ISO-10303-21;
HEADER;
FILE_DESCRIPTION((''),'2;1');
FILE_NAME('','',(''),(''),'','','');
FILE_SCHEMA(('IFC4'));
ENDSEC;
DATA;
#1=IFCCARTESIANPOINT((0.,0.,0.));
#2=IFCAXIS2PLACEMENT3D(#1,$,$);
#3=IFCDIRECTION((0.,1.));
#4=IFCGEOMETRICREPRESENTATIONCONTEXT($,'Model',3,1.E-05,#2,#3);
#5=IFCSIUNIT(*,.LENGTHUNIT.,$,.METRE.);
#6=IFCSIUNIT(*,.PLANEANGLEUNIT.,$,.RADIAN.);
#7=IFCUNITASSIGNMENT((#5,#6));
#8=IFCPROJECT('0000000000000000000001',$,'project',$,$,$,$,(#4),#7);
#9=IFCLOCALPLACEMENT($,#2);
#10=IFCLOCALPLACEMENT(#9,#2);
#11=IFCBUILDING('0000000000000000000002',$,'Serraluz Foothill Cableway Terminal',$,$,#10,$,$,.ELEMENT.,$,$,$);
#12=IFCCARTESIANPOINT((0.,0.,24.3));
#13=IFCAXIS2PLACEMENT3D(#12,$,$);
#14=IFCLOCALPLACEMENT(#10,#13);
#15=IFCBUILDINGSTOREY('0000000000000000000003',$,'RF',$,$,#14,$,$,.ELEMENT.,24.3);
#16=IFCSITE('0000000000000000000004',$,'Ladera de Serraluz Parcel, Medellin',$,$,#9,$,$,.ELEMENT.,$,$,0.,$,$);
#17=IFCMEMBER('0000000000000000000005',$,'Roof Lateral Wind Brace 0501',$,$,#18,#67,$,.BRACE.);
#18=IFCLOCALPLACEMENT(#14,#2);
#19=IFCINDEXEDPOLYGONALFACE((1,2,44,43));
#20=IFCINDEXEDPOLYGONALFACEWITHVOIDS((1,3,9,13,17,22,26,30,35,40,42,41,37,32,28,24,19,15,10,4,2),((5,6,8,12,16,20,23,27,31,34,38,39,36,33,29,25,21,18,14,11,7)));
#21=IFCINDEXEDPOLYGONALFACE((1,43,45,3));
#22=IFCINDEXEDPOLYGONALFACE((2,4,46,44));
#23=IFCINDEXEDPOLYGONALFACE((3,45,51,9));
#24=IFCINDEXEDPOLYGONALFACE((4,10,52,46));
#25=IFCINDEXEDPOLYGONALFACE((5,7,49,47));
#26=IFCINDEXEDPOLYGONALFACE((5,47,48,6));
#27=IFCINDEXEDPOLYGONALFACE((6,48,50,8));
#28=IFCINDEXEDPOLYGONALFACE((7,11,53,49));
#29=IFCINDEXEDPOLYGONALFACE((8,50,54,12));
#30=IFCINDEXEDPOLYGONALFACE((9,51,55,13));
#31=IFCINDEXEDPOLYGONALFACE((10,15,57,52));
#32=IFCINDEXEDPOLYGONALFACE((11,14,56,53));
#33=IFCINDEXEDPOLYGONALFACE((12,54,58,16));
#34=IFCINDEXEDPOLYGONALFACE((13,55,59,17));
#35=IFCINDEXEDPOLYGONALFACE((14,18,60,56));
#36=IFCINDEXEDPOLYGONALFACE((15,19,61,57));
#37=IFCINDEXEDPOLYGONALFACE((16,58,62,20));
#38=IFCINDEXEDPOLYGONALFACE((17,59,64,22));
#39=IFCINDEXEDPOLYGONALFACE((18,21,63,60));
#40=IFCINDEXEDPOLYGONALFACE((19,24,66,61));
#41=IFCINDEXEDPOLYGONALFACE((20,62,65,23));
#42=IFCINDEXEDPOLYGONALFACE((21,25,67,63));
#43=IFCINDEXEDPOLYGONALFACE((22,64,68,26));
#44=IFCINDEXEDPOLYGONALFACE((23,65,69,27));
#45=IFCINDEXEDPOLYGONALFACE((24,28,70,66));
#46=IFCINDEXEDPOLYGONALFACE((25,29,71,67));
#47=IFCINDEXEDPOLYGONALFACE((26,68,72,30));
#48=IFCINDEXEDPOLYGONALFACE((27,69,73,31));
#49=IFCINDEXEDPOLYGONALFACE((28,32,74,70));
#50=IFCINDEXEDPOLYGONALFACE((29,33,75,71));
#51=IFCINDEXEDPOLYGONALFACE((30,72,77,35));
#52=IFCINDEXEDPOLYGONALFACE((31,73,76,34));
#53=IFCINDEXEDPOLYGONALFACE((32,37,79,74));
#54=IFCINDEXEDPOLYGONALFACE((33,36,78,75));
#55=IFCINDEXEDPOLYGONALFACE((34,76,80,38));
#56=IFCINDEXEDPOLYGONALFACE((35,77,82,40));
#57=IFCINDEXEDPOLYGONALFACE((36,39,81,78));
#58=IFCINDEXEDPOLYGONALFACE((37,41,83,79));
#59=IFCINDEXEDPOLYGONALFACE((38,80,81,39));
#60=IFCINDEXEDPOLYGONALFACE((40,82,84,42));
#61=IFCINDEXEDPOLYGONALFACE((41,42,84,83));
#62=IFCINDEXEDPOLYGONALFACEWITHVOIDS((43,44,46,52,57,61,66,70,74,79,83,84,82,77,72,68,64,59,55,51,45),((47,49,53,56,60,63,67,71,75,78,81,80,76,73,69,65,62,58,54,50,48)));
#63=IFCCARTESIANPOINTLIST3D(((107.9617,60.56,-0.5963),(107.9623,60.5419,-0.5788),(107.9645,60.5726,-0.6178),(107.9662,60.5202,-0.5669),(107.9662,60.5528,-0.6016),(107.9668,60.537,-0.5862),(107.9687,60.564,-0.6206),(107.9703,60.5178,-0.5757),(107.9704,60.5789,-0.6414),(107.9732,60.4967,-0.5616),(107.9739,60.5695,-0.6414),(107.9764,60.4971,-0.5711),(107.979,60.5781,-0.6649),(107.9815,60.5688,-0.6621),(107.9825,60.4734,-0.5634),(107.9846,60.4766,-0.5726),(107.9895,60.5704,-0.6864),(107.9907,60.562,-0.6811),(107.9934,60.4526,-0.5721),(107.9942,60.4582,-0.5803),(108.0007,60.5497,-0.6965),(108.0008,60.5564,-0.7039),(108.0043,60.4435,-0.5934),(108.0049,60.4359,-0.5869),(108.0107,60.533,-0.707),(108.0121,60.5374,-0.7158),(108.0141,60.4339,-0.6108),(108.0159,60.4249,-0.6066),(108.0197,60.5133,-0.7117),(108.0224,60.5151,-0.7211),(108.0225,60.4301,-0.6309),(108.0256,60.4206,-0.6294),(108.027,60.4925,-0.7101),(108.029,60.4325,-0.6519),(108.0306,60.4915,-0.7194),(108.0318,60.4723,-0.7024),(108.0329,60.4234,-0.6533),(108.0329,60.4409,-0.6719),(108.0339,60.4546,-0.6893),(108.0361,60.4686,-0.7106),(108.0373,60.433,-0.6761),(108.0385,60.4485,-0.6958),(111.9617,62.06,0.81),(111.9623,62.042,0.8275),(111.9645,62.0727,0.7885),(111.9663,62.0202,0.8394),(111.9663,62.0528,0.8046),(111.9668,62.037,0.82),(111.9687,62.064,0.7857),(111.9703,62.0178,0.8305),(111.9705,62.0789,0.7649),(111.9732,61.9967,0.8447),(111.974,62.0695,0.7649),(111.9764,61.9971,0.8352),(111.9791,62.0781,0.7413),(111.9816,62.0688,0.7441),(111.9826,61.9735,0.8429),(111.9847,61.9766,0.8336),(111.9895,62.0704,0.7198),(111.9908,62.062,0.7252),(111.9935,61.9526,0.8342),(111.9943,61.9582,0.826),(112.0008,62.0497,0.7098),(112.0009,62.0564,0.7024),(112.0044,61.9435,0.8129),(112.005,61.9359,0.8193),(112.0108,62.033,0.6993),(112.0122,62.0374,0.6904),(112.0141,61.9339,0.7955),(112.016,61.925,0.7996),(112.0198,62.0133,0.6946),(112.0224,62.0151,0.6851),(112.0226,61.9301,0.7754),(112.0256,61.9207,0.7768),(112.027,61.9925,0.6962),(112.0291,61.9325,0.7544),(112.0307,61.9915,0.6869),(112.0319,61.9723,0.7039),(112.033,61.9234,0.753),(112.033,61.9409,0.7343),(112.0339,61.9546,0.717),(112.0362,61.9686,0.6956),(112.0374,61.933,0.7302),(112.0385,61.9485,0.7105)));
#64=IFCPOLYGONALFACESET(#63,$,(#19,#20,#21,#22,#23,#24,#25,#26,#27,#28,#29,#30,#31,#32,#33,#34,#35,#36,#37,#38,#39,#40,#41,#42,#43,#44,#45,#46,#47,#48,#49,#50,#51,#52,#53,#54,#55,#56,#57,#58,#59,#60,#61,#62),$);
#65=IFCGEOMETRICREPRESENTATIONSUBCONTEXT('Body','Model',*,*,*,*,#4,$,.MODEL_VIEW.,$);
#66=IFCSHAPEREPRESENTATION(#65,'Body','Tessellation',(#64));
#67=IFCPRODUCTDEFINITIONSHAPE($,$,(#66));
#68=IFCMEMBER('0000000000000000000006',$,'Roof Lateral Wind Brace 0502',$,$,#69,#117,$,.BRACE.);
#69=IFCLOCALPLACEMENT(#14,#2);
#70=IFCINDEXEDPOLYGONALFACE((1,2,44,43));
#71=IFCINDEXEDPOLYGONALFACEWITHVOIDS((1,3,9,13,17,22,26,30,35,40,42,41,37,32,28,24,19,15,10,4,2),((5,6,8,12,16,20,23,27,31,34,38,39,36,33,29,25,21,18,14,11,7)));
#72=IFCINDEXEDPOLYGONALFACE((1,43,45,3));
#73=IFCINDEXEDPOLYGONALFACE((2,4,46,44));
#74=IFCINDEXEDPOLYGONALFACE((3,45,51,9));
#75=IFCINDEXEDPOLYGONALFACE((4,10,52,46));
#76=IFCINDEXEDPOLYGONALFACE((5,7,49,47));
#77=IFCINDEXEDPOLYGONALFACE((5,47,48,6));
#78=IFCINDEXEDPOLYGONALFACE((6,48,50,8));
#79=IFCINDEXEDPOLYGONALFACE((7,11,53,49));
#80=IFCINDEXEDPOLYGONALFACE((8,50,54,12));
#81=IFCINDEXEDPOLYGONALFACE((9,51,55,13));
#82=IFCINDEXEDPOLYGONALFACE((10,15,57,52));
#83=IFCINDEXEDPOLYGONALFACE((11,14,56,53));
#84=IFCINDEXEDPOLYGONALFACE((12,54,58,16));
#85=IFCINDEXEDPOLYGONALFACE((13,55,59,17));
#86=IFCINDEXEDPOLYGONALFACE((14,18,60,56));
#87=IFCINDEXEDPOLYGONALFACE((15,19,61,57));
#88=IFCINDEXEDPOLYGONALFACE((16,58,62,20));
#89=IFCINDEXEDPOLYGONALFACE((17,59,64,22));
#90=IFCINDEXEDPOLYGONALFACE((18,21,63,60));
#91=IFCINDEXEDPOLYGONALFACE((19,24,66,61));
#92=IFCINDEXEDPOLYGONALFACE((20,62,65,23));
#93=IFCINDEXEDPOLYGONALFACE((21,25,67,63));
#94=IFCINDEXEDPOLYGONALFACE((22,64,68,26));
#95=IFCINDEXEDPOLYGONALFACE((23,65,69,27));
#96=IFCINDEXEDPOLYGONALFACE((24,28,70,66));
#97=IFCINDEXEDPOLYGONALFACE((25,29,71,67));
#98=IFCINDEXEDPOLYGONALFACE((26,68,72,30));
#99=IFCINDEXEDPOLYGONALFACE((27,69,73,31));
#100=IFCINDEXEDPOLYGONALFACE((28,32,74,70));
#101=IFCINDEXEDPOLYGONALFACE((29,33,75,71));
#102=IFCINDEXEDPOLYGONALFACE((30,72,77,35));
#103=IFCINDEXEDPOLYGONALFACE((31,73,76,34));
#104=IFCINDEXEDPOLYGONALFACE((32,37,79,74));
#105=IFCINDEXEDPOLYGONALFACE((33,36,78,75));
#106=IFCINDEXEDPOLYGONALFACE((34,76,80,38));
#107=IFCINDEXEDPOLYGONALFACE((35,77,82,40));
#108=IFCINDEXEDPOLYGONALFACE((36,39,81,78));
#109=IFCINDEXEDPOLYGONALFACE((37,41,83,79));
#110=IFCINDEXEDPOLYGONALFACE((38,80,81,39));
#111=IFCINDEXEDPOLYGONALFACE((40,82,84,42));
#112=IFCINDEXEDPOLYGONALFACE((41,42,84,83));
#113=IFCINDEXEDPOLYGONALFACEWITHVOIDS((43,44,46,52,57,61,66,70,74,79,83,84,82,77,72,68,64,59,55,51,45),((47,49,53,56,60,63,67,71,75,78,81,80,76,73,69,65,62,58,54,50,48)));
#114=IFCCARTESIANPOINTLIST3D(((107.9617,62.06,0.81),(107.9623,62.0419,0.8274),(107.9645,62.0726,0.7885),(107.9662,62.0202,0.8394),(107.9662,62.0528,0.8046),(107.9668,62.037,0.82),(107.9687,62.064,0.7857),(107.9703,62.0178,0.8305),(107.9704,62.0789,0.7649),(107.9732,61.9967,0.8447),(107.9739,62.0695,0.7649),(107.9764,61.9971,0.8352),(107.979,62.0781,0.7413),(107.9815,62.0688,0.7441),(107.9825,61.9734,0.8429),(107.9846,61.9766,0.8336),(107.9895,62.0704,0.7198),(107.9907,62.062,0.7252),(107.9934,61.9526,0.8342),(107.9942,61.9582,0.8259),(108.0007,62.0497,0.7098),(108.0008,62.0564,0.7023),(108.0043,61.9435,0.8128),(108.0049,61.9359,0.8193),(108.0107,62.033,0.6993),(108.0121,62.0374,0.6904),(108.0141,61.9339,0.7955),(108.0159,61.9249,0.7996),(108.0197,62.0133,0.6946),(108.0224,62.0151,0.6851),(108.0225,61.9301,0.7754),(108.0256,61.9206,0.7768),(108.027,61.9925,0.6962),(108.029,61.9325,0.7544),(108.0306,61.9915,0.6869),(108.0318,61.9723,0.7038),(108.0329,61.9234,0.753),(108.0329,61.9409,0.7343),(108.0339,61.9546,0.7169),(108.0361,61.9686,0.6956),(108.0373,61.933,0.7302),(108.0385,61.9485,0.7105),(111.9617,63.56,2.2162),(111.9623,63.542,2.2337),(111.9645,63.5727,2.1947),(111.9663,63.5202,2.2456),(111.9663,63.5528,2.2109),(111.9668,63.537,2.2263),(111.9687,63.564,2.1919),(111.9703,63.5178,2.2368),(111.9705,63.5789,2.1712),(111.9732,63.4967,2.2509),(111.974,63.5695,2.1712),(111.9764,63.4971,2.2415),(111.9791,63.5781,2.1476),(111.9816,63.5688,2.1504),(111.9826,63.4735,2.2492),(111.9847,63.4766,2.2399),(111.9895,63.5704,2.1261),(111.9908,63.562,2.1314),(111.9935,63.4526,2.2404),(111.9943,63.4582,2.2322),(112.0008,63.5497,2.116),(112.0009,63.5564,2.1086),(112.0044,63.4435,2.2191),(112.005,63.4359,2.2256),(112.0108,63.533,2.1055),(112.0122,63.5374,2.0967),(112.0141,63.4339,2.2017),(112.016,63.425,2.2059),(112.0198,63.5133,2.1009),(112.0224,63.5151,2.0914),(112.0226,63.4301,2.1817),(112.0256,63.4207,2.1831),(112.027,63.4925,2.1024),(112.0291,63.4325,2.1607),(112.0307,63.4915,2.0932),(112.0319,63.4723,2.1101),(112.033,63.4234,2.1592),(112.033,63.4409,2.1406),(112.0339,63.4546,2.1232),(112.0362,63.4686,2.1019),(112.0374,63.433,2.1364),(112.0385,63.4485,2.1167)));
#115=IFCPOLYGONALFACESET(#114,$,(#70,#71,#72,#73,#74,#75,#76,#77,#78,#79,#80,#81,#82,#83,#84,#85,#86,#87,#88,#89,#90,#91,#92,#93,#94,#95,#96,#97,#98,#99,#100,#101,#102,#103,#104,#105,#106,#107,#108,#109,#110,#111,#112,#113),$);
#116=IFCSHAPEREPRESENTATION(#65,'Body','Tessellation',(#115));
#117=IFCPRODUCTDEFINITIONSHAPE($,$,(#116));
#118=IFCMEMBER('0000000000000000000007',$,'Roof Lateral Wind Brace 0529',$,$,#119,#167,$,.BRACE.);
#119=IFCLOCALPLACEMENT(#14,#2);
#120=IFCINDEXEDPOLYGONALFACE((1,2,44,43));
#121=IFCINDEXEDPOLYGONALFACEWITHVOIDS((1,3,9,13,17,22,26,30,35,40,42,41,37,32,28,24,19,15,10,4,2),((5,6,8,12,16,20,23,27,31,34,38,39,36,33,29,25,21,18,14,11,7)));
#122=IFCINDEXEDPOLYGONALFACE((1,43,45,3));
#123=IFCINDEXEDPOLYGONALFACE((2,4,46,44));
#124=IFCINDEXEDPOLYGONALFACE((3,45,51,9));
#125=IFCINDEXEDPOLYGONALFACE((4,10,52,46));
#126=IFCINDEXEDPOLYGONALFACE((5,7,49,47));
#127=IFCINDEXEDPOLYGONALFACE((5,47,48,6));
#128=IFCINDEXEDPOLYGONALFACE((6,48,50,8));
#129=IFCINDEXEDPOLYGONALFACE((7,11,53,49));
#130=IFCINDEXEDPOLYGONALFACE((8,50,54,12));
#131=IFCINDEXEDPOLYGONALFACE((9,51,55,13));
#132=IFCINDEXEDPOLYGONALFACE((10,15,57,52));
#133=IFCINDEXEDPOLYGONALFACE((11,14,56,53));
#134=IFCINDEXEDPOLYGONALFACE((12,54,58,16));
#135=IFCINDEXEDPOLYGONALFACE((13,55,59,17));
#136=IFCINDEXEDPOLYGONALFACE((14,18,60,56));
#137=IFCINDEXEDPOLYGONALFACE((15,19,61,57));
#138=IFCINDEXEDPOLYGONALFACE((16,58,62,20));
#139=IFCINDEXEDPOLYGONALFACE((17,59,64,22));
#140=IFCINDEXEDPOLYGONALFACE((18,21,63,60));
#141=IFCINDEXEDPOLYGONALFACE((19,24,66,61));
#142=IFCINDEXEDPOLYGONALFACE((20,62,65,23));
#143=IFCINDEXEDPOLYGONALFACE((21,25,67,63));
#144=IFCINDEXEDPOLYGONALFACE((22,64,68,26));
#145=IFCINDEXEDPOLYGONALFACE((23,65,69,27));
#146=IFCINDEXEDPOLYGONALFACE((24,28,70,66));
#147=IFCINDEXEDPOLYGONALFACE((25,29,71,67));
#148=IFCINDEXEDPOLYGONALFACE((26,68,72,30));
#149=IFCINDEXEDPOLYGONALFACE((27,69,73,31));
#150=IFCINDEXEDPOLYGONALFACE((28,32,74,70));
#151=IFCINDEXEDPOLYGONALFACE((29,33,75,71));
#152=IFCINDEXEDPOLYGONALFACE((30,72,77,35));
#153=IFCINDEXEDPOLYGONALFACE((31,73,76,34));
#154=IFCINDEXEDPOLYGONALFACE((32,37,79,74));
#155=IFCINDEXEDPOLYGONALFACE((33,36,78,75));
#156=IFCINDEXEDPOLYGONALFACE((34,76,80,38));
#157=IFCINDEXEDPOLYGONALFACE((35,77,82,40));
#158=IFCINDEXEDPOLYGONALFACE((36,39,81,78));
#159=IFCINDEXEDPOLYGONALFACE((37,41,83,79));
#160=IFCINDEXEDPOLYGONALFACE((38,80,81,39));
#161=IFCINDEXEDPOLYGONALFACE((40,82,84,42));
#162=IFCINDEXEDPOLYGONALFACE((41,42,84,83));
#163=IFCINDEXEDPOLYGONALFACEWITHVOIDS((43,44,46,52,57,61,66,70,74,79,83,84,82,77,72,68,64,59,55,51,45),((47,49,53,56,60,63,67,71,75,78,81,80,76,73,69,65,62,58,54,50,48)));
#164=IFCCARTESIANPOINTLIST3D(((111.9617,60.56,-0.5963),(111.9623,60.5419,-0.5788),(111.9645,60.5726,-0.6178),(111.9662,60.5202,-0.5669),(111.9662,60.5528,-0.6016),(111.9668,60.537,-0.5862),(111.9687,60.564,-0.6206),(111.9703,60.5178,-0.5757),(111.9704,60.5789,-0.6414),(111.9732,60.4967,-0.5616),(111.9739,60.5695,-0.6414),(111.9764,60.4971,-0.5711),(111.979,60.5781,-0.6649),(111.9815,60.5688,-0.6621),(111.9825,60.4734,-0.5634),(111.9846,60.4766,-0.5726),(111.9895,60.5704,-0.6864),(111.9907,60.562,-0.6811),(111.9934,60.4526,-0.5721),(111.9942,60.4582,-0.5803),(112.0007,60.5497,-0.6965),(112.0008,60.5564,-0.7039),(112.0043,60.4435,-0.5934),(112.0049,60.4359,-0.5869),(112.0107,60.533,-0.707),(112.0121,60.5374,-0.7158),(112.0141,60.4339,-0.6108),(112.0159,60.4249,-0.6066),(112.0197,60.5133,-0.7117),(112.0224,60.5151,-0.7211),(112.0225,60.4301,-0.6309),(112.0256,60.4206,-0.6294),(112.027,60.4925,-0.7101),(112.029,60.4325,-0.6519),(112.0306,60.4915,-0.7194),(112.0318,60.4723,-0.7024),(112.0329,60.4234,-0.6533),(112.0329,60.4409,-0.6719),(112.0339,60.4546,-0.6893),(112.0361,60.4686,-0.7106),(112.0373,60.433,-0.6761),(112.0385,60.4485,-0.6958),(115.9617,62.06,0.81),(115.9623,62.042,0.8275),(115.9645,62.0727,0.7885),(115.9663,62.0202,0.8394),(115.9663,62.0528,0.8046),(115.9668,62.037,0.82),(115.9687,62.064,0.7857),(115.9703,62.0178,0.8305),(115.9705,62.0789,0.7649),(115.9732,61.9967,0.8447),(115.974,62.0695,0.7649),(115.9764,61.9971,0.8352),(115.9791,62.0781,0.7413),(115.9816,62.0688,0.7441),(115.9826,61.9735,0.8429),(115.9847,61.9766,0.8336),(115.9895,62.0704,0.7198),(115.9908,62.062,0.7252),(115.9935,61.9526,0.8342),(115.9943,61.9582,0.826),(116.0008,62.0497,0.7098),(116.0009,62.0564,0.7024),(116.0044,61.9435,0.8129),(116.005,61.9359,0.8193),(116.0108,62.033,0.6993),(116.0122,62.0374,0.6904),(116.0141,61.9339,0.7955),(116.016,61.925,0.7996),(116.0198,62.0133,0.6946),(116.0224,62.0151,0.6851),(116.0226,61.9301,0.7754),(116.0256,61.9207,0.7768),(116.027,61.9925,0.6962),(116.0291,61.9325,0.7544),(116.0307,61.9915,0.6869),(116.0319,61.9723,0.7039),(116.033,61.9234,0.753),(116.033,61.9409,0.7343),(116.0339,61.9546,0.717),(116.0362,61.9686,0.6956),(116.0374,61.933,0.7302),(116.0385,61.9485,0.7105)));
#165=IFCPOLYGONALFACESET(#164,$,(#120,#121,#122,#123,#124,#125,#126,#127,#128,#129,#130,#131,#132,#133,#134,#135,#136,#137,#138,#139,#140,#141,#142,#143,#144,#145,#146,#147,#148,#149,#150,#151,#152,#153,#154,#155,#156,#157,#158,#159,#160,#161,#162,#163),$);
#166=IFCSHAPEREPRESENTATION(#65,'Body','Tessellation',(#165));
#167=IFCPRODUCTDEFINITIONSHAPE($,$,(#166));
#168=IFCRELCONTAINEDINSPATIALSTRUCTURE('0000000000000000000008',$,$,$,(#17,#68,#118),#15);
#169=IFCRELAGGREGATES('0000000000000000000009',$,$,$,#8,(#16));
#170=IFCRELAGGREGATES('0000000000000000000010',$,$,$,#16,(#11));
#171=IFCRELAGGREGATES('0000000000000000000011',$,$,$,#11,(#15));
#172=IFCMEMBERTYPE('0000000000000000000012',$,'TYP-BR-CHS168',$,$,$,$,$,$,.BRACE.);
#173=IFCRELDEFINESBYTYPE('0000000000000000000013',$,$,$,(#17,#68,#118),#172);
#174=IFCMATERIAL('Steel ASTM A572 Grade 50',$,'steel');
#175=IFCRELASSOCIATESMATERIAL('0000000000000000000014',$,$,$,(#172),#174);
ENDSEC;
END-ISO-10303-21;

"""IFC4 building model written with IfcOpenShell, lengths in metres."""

from ifc_helpers import new_model, si_unit, direction, frame, origin, origin_2d, place, context, subcontext, project, spatial, hollow_circle, extrude, material, material_profile, profile_set, type_object, element, save


model = new_model("IFC4")

# Units and contexts
model_context = context("Model", 3, precision=1e-05, world=origin(), true_north=direction((0.0, 1.0)))
body_context = subcontext(model_context, "Body", "Model", "MODEL_VIEW")
ifc_project = project(units=[si_unit("LENGTHUNIT", "METRE"), si_unit("PLANEANGLEUNIT", "RADIAN")], contexts=[model_context])

# Site, building, storey
site_placement = place(None, origin())
site = spatial("IfcSite", under=ifc_project, at=site_placement, Name="Ladera de Serraluz Parcel, Medellin", CompositionType="ELEMENT", RefElevation=0.0)
building_placement = place(site_placement, origin())
building = spatial("IfcBuilding", under=site, at=building_placement, Name="Serraluz Foothill Cableway Terminal", CompositionType="ELEMENT")
storey_placement = place(building_placement, frame((0.0, 0.0, 24.3)))
storey = spatial("IfcBuildingStorey", under=building, at=storey_placement, Name="RF", CompositionType="ELEMENT", Elevation=24.3)

# Members
ifc_material_1 = material(Name="Steel ASTM A572 Grade 50", Category="steel")
ifc_material_profile_1 = material_profile(ifc_material_1, hollow_circle(Radius=0.0842, WallThickness=0.01, at=origin_2d()), Name="CHS168X10")
ifc_profile_set_1 = profile_set([ifc_material_profile_1], Name="Steel ASTM A572 Grade 50")
member_type_1 = type_object("IfcMemberType", Name="TYP-BR-CHS168", PredefinedType="BRACE", material=ifc_profile_set_1)
for number, where, z_axis, x_axis, name in (
    (1, (108.0, 60.5, -0.6414), (0.889382, 0.333518, 0.312673), (-0.351123, 0.936329, 0.0), "Roof Lateral Wind Brace 0501"),
    (2, (108.0, 62.0, 0.7649), (0.889382, 0.333518, 0.312673), (-0.351123, 0.936329, 0.0), "Roof Lateral Wind Brace 0502"),
    (3, (112.0, 60.5, -0.6414), (0.889382, 0.333518, 0.312673), (-0.351123, 0.936329, 0.0), "Roof Lateral Wind Brace 0529"),
):
    element("IfcMember", number, at=place(storey_placement, frame(where, z_axis=z_axis, x_axis=x_axis)), inside=storey, type_object=member_type_1, Name=name, PredefinedType="BRACE", context=body_context, shape_type="SweptSolid", body=[
        extrude(hollow_circle(Radius=0.0842, WallThickness=0.01, at=origin_2d()), origin(), (0.0, 0.0, 1.0), 4.4976),
    ])

save(model, "model.ifc")
